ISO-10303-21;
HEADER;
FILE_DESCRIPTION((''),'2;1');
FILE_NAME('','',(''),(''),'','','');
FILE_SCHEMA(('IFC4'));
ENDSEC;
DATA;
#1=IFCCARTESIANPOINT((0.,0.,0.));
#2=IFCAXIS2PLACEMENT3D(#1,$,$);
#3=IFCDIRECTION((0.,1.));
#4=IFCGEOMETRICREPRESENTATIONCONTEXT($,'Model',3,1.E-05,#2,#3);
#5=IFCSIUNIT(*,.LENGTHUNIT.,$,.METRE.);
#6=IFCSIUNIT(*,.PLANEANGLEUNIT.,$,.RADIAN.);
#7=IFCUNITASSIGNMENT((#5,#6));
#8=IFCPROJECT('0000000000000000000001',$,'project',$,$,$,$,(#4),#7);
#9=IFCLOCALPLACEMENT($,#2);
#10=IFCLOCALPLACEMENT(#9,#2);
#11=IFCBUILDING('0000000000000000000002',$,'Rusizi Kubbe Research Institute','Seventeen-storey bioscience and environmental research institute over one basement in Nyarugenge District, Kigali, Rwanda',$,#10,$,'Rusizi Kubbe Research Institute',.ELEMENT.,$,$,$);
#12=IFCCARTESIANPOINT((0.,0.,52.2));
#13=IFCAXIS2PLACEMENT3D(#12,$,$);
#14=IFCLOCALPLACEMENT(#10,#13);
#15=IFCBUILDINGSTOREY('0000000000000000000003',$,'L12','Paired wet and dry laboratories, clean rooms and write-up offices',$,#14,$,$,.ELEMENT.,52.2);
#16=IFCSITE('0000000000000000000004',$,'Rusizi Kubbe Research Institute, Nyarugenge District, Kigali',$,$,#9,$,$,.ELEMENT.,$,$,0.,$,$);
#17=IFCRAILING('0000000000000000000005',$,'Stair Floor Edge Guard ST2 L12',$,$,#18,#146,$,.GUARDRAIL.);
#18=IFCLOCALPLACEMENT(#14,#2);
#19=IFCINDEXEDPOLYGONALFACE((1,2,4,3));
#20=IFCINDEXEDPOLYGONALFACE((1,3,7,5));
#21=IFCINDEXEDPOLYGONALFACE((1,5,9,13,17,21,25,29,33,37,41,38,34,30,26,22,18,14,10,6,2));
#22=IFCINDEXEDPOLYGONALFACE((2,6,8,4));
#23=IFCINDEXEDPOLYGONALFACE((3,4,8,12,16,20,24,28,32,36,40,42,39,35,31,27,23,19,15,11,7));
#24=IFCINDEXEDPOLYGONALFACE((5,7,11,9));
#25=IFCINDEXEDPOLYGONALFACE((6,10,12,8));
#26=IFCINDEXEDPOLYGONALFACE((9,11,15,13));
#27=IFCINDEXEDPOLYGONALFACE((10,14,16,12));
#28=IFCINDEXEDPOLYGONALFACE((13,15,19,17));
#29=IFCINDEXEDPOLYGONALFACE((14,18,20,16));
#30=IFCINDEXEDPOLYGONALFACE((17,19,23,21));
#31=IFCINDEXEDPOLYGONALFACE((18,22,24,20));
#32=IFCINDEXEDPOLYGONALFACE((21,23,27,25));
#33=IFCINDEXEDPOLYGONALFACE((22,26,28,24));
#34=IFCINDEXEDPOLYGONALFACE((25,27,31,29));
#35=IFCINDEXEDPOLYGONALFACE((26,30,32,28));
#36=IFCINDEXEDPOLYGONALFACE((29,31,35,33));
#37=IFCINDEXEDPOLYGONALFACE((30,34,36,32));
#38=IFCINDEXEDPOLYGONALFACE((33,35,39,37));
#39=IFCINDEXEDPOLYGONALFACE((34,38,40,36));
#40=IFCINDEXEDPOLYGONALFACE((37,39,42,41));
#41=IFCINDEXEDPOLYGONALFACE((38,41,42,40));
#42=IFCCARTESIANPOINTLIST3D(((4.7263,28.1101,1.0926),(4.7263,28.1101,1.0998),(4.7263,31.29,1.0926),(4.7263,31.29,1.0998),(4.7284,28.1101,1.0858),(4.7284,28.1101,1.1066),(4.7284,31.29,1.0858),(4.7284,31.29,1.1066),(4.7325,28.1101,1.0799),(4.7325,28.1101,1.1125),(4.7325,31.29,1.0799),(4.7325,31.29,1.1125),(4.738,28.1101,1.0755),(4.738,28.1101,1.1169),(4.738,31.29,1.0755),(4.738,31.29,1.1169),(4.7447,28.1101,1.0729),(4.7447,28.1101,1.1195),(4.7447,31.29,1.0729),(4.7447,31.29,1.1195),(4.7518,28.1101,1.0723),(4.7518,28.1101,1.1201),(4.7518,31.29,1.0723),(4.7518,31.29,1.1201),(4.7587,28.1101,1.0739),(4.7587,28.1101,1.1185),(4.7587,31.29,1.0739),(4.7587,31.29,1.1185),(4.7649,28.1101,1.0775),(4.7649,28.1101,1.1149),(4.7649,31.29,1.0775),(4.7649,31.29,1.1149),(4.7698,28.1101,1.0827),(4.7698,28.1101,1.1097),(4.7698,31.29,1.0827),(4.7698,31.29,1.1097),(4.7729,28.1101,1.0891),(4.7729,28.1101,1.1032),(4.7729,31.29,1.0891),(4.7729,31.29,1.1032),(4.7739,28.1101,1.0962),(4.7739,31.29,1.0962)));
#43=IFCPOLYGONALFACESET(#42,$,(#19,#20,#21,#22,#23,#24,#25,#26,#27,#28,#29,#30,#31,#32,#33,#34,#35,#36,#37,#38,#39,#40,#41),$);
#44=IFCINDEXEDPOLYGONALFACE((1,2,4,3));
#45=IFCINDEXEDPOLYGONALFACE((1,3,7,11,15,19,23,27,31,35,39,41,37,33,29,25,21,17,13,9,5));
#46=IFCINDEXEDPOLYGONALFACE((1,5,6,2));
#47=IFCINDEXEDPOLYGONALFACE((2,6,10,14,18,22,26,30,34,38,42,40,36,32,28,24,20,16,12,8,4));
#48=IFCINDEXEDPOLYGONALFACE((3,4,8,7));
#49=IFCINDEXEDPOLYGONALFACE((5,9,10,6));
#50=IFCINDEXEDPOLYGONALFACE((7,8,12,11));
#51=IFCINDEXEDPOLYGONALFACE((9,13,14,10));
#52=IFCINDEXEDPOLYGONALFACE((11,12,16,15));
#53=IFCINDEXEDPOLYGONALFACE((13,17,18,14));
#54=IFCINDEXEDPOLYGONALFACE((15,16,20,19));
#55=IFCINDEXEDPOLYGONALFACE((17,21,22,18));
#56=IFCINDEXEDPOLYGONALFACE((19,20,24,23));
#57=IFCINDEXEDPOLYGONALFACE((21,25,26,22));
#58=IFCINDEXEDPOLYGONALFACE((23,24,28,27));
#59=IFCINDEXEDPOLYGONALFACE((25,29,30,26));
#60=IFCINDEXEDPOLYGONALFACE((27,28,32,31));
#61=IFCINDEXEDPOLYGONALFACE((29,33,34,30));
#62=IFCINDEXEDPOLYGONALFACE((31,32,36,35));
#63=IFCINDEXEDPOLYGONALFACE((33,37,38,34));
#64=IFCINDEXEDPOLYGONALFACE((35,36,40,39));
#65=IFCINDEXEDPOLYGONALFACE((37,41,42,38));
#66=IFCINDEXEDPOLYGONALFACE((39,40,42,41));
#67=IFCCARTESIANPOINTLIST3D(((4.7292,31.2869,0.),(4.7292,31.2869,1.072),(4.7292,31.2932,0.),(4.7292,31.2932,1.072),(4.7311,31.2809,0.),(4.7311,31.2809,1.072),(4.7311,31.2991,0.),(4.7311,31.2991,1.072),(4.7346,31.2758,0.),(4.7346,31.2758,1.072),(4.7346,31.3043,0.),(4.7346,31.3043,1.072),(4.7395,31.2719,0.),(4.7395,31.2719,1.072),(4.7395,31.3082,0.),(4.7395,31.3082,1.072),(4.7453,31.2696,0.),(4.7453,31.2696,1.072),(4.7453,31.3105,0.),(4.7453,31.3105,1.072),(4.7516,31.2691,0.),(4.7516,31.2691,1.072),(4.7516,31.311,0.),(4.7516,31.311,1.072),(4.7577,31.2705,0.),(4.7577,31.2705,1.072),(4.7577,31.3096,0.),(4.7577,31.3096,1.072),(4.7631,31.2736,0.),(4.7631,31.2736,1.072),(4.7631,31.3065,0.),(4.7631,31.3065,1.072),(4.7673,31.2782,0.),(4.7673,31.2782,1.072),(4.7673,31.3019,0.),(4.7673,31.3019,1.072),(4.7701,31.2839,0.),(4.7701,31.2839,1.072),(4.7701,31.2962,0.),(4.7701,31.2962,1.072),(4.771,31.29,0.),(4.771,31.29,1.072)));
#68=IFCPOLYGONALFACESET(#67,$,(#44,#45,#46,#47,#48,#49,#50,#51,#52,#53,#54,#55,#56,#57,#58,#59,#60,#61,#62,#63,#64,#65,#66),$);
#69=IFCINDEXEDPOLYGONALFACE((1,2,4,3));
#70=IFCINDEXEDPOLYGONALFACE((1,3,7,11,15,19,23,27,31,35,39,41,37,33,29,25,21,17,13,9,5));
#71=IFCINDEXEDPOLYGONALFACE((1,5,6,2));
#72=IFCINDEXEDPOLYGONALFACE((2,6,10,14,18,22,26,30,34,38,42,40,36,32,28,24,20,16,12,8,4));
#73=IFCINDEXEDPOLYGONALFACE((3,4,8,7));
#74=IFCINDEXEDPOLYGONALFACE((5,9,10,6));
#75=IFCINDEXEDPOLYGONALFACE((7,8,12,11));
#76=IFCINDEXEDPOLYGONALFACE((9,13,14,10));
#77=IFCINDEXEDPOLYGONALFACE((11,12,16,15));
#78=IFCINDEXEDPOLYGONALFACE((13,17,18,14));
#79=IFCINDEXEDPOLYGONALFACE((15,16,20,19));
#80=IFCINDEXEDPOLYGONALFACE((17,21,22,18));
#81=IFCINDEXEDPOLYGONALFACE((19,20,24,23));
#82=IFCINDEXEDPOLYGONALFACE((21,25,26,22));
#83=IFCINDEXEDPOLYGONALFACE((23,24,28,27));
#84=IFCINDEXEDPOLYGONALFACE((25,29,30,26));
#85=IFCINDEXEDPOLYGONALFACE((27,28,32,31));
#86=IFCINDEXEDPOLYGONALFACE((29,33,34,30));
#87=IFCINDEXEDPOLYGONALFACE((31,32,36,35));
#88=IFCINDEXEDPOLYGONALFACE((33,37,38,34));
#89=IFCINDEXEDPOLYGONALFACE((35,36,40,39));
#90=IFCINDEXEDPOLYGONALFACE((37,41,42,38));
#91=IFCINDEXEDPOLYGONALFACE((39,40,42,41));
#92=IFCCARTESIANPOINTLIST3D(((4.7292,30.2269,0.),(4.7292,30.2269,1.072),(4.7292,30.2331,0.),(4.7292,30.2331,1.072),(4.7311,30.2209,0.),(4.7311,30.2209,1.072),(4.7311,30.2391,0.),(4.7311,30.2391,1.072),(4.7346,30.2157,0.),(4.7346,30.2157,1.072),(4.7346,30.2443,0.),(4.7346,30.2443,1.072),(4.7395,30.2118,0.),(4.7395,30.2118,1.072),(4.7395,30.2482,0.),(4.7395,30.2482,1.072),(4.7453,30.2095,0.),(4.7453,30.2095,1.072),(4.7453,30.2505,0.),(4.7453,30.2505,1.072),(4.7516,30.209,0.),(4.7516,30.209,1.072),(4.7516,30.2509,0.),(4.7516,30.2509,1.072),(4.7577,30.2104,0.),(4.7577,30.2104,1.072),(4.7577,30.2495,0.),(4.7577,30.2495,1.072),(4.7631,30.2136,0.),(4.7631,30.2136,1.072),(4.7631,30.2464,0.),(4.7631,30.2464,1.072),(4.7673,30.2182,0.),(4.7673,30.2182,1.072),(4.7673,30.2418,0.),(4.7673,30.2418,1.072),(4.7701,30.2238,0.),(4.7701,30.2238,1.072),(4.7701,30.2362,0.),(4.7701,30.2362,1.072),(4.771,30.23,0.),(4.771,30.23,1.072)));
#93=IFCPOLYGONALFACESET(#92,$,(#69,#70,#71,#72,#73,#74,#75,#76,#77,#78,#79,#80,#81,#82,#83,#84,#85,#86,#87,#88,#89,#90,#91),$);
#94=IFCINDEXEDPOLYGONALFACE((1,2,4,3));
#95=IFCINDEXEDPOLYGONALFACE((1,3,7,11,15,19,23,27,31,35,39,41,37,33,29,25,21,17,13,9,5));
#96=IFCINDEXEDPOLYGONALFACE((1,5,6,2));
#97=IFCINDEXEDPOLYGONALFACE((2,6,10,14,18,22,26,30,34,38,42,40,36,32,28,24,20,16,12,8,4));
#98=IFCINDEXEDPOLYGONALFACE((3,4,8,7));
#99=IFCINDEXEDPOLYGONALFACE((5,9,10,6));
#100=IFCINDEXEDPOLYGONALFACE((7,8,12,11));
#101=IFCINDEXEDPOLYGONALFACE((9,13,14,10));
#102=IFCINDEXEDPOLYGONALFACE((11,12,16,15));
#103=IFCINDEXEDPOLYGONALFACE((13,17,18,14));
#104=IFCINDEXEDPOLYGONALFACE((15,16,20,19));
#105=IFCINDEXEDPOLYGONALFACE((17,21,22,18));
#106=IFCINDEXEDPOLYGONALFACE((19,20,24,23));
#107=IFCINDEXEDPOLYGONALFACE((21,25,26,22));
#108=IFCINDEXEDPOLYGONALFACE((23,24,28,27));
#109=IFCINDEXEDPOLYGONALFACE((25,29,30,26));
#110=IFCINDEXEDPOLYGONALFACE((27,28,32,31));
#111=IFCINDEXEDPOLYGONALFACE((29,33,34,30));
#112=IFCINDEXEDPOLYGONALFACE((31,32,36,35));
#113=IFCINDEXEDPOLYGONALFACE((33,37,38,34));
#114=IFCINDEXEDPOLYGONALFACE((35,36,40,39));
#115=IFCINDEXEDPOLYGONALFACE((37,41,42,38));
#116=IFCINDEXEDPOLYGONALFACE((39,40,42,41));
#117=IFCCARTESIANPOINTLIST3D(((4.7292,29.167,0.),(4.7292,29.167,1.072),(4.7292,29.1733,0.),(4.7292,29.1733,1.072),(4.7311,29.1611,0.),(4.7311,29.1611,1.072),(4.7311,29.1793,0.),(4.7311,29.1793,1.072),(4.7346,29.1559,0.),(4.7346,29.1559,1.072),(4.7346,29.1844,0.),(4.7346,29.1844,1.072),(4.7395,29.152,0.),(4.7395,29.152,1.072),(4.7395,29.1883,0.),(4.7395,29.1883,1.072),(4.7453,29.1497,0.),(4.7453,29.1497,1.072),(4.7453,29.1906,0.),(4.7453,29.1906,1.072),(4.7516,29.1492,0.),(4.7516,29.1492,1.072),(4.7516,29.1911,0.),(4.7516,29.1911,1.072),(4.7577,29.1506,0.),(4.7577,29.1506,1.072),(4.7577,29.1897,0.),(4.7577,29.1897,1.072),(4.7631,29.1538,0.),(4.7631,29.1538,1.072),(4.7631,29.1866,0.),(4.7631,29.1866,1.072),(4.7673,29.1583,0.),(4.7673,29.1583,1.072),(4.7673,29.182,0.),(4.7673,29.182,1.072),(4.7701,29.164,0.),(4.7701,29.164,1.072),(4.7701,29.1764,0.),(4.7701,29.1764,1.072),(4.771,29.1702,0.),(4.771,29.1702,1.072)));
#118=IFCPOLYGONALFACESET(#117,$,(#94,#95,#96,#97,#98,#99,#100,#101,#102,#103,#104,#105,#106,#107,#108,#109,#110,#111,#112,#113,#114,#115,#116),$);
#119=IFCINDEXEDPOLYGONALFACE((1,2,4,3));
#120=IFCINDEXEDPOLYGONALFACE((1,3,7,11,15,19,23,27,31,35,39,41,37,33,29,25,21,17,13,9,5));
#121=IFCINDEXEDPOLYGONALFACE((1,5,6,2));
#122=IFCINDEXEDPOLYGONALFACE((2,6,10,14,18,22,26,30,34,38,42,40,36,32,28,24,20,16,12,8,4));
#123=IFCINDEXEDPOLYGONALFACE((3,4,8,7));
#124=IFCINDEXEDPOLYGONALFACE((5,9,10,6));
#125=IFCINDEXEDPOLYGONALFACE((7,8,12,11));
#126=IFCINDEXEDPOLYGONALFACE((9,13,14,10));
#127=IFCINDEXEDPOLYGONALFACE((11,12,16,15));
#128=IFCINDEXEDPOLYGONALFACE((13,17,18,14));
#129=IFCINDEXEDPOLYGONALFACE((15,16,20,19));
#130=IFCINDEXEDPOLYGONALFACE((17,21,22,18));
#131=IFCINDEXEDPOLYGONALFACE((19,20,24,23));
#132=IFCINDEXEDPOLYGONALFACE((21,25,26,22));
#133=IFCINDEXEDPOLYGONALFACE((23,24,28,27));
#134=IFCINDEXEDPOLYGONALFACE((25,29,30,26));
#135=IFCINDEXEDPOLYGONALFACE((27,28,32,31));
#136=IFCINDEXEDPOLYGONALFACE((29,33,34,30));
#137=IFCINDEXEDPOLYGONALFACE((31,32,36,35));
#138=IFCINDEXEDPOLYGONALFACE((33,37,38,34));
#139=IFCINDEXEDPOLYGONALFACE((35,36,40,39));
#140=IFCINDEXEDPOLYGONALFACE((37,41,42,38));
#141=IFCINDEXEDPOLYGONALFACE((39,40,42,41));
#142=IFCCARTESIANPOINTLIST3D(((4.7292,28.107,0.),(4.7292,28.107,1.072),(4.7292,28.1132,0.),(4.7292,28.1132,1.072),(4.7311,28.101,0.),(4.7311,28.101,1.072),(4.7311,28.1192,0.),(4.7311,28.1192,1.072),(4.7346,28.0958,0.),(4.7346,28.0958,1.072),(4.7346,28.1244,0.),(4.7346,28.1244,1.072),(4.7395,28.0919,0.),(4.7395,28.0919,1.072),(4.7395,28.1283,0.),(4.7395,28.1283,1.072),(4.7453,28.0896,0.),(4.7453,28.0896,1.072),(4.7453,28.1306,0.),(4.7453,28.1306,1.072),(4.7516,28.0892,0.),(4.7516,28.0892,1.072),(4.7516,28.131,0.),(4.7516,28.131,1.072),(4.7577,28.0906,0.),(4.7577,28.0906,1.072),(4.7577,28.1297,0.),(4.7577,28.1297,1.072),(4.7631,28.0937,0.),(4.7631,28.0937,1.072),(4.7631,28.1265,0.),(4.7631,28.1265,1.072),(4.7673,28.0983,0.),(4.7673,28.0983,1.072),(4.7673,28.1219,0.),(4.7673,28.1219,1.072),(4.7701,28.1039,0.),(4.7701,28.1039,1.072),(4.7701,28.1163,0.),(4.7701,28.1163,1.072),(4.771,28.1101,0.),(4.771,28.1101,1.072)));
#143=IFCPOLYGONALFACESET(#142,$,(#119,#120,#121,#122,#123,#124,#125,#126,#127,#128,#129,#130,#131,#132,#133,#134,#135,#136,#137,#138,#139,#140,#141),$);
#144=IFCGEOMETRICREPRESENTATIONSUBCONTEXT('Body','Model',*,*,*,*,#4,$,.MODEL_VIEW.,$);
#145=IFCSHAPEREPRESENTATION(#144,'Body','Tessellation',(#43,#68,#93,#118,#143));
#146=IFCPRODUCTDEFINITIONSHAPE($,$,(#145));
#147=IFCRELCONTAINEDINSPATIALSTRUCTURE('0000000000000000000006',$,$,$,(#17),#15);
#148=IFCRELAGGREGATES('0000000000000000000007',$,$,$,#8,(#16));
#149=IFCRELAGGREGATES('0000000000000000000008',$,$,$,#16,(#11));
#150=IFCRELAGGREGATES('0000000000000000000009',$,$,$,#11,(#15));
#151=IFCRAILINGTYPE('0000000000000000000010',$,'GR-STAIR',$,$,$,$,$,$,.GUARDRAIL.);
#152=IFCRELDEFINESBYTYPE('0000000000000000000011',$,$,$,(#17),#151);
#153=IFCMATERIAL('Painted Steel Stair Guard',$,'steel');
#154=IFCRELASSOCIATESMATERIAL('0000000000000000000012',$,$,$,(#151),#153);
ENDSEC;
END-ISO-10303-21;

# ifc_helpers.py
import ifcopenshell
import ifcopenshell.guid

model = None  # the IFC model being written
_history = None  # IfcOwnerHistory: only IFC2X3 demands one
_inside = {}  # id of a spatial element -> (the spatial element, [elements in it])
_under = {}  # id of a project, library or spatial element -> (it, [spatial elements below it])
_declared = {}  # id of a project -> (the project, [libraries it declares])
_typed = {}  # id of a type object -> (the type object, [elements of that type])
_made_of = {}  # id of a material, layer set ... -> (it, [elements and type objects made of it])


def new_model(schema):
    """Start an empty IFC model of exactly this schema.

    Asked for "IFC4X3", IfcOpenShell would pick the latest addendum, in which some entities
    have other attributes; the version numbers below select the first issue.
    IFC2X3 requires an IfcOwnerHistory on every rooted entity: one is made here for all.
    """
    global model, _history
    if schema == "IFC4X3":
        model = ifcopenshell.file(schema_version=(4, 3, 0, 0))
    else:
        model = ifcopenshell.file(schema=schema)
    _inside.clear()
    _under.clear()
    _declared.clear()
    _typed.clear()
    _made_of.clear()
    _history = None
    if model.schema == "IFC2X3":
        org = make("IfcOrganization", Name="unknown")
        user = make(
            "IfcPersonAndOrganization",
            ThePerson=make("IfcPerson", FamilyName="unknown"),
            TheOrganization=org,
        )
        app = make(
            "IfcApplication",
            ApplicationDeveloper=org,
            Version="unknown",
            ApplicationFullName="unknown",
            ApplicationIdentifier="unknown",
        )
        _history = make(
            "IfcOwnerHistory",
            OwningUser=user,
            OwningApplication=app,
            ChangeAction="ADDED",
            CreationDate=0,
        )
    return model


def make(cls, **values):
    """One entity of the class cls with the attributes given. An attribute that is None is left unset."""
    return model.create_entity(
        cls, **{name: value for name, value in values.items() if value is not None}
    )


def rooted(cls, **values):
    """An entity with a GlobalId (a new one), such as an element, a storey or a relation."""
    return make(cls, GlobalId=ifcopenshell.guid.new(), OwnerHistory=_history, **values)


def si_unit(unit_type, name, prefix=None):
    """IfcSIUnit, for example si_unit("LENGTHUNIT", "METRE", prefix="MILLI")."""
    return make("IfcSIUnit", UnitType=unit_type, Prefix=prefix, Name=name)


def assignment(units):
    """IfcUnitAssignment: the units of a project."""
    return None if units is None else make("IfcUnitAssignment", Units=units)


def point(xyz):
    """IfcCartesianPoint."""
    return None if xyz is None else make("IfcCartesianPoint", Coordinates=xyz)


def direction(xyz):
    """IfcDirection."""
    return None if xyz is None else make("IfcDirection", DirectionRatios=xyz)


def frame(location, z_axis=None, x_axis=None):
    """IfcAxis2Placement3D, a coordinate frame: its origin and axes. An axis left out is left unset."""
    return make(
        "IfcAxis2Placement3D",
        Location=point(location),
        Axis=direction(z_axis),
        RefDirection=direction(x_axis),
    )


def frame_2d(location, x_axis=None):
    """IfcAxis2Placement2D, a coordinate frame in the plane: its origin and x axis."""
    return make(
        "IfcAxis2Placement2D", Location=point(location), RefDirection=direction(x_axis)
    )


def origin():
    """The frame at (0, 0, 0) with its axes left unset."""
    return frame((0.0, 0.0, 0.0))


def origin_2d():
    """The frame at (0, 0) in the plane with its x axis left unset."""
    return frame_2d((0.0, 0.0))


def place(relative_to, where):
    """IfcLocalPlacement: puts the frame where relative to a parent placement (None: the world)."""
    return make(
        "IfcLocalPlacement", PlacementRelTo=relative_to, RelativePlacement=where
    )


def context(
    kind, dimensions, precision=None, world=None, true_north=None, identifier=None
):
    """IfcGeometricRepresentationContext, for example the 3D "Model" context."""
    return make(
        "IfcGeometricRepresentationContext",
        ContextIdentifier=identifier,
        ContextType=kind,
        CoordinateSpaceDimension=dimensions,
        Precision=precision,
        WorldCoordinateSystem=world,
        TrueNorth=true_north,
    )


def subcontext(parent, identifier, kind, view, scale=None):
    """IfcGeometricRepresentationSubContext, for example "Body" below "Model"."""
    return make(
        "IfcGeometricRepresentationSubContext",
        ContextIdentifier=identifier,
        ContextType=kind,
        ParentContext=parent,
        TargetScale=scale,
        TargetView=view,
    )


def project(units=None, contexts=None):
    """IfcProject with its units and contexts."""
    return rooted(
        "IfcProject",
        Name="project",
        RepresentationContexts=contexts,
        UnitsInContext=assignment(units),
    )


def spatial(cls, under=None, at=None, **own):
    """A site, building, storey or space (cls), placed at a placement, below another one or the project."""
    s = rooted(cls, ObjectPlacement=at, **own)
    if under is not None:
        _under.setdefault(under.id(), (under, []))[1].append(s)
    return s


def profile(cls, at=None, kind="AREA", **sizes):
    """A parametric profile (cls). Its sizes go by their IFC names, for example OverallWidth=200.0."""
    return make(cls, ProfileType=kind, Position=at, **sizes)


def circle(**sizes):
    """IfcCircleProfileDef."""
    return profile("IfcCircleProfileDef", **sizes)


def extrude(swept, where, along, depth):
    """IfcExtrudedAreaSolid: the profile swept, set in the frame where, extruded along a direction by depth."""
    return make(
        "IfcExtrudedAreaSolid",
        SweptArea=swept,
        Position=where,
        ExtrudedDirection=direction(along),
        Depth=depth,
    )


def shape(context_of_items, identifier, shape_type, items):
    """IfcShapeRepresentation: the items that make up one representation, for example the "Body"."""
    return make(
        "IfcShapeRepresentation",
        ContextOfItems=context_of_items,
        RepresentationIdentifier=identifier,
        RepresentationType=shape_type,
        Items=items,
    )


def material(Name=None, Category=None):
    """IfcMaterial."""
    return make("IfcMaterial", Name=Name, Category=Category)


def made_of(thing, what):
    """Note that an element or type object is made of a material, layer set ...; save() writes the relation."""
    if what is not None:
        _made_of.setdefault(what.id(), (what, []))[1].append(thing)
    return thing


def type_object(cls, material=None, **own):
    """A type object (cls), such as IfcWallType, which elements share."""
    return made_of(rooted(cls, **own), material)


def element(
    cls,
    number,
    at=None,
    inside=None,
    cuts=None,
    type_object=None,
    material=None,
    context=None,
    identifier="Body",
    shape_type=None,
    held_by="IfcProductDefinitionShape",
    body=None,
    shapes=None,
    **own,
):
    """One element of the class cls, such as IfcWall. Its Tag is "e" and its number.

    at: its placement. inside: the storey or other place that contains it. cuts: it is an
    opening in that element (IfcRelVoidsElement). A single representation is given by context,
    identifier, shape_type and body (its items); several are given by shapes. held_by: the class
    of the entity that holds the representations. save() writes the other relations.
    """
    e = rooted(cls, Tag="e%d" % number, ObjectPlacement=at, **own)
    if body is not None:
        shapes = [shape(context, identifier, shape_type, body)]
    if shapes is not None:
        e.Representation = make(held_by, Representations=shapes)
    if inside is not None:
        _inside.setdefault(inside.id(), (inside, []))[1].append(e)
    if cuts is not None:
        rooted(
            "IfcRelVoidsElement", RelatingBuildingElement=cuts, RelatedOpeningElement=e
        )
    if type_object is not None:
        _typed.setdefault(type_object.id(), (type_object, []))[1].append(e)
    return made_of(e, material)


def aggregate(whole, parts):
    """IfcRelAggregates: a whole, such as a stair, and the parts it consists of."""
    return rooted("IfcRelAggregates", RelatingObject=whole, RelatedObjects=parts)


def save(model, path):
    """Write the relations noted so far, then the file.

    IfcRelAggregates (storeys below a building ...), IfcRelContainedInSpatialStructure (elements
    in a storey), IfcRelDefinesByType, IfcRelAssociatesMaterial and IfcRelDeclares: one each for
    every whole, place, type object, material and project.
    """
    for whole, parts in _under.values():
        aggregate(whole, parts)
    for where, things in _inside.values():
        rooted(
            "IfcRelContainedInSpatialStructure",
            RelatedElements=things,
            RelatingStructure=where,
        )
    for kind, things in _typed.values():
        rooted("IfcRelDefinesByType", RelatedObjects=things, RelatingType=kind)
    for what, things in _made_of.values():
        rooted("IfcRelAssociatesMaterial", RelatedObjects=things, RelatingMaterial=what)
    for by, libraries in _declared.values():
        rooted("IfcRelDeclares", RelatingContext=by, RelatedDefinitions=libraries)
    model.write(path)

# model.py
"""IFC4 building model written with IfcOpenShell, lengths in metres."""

from ifc_helpers import new_model, si_unit, direction, frame, origin, origin_2d, place, context, subcontext, project, spatial, circle, extrude, material, type_object, element, save


model = new_model("IFC4")

# Units and contexts
model_context = context("Model", 3, precision=1e-05, world=origin(), true_north=direction((0.0, 1.0)))
body_context = subcontext(model_context, "Body", "Model", "MODEL_VIEW")
ifc_project = project(units=[si_unit("LENGTHUNIT", "METRE"), si_unit("PLANEANGLEUNIT", "RADIAN")], contexts=[model_context])

# Site, building, storey
site_placement = place(None, origin())
site = spatial("IfcSite", under=ifc_project, at=site_placement, Name="Rusizi Kubbe Research Institute, Nyarugenge District, Kigali", CompositionType="ELEMENT", RefElevation=0.0)
building_placement = place(site_placement, origin())
building = spatial("IfcBuilding", under=site, at=building_placement, Name="Rusizi Kubbe Research Institute", Description="Seventeen-storey bioscience and environmental research institute over one basement in Nyarugenge District, Kigali, Rwanda", LongName="Rusizi Kubbe Research Institute", CompositionType="ELEMENT")
storey_placement = place(building_placement, frame((0.0, 0.0, 52.2)))
storey = spatial("IfcBuildingStorey", under=building, at=storey_placement, Name="L12", Description="Paired wet and dry laboratories, clean rooms and write-up offices", CompositionType="ELEMENT", Elevation=52.2)

# Railing
ifc_material_1 = material(Name="Painted Steel Stair Guard", Category="steel")
railing_type_1 = type_object("IfcRailingType", Name="GR-STAIR", PredefinedType="GUARDRAIL", material=ifc_material_1)
railing_1_placement = place(storey_placement, frame((4.75, 31.29, 0.0)))
element("IfcRailing", 1, at=railing_1_placement, inside=storey, type_object=railing_type_1, Name="Stair Floor Edge Guard ST2 L12", PredefinedType="GUARDRAIL", context=body_context, shape_type="SweptSolid", body=[
    extrude(circle(Radius=0.0239, at=origin_2d()), frame((0.0, 0.0, 1.0962), z_axis=(0.0, -1.0, 0.0), x_axis=(1.0, 0.0, 0.0)), (0.0, 0.0, 1.0), 3.1799),
    extrude(circle(Radius=0.021, at=origin_2d()), origin(), (0.0, 0.0, 1.0), 1.072),
    extrude(circle(Radius=0.021, at=origin_2d()), frame((0.0, -1.0601, 0.0)), (0.0, 0.0, 1.0), 1.072),
    extrude(circle(Radius=0.021, at=origin_2d()), frame((0.0, -2.1199, 0.0)), (0.0, 0.0, 1.0), 1.072),
    extrude(circle(Radius=0.021, at=origin_2d()), frame((0.0, -3.1799, 0.0)), (0.0, 0.0, 1.0), 1.072),
])

save(model, "model.ifc")
